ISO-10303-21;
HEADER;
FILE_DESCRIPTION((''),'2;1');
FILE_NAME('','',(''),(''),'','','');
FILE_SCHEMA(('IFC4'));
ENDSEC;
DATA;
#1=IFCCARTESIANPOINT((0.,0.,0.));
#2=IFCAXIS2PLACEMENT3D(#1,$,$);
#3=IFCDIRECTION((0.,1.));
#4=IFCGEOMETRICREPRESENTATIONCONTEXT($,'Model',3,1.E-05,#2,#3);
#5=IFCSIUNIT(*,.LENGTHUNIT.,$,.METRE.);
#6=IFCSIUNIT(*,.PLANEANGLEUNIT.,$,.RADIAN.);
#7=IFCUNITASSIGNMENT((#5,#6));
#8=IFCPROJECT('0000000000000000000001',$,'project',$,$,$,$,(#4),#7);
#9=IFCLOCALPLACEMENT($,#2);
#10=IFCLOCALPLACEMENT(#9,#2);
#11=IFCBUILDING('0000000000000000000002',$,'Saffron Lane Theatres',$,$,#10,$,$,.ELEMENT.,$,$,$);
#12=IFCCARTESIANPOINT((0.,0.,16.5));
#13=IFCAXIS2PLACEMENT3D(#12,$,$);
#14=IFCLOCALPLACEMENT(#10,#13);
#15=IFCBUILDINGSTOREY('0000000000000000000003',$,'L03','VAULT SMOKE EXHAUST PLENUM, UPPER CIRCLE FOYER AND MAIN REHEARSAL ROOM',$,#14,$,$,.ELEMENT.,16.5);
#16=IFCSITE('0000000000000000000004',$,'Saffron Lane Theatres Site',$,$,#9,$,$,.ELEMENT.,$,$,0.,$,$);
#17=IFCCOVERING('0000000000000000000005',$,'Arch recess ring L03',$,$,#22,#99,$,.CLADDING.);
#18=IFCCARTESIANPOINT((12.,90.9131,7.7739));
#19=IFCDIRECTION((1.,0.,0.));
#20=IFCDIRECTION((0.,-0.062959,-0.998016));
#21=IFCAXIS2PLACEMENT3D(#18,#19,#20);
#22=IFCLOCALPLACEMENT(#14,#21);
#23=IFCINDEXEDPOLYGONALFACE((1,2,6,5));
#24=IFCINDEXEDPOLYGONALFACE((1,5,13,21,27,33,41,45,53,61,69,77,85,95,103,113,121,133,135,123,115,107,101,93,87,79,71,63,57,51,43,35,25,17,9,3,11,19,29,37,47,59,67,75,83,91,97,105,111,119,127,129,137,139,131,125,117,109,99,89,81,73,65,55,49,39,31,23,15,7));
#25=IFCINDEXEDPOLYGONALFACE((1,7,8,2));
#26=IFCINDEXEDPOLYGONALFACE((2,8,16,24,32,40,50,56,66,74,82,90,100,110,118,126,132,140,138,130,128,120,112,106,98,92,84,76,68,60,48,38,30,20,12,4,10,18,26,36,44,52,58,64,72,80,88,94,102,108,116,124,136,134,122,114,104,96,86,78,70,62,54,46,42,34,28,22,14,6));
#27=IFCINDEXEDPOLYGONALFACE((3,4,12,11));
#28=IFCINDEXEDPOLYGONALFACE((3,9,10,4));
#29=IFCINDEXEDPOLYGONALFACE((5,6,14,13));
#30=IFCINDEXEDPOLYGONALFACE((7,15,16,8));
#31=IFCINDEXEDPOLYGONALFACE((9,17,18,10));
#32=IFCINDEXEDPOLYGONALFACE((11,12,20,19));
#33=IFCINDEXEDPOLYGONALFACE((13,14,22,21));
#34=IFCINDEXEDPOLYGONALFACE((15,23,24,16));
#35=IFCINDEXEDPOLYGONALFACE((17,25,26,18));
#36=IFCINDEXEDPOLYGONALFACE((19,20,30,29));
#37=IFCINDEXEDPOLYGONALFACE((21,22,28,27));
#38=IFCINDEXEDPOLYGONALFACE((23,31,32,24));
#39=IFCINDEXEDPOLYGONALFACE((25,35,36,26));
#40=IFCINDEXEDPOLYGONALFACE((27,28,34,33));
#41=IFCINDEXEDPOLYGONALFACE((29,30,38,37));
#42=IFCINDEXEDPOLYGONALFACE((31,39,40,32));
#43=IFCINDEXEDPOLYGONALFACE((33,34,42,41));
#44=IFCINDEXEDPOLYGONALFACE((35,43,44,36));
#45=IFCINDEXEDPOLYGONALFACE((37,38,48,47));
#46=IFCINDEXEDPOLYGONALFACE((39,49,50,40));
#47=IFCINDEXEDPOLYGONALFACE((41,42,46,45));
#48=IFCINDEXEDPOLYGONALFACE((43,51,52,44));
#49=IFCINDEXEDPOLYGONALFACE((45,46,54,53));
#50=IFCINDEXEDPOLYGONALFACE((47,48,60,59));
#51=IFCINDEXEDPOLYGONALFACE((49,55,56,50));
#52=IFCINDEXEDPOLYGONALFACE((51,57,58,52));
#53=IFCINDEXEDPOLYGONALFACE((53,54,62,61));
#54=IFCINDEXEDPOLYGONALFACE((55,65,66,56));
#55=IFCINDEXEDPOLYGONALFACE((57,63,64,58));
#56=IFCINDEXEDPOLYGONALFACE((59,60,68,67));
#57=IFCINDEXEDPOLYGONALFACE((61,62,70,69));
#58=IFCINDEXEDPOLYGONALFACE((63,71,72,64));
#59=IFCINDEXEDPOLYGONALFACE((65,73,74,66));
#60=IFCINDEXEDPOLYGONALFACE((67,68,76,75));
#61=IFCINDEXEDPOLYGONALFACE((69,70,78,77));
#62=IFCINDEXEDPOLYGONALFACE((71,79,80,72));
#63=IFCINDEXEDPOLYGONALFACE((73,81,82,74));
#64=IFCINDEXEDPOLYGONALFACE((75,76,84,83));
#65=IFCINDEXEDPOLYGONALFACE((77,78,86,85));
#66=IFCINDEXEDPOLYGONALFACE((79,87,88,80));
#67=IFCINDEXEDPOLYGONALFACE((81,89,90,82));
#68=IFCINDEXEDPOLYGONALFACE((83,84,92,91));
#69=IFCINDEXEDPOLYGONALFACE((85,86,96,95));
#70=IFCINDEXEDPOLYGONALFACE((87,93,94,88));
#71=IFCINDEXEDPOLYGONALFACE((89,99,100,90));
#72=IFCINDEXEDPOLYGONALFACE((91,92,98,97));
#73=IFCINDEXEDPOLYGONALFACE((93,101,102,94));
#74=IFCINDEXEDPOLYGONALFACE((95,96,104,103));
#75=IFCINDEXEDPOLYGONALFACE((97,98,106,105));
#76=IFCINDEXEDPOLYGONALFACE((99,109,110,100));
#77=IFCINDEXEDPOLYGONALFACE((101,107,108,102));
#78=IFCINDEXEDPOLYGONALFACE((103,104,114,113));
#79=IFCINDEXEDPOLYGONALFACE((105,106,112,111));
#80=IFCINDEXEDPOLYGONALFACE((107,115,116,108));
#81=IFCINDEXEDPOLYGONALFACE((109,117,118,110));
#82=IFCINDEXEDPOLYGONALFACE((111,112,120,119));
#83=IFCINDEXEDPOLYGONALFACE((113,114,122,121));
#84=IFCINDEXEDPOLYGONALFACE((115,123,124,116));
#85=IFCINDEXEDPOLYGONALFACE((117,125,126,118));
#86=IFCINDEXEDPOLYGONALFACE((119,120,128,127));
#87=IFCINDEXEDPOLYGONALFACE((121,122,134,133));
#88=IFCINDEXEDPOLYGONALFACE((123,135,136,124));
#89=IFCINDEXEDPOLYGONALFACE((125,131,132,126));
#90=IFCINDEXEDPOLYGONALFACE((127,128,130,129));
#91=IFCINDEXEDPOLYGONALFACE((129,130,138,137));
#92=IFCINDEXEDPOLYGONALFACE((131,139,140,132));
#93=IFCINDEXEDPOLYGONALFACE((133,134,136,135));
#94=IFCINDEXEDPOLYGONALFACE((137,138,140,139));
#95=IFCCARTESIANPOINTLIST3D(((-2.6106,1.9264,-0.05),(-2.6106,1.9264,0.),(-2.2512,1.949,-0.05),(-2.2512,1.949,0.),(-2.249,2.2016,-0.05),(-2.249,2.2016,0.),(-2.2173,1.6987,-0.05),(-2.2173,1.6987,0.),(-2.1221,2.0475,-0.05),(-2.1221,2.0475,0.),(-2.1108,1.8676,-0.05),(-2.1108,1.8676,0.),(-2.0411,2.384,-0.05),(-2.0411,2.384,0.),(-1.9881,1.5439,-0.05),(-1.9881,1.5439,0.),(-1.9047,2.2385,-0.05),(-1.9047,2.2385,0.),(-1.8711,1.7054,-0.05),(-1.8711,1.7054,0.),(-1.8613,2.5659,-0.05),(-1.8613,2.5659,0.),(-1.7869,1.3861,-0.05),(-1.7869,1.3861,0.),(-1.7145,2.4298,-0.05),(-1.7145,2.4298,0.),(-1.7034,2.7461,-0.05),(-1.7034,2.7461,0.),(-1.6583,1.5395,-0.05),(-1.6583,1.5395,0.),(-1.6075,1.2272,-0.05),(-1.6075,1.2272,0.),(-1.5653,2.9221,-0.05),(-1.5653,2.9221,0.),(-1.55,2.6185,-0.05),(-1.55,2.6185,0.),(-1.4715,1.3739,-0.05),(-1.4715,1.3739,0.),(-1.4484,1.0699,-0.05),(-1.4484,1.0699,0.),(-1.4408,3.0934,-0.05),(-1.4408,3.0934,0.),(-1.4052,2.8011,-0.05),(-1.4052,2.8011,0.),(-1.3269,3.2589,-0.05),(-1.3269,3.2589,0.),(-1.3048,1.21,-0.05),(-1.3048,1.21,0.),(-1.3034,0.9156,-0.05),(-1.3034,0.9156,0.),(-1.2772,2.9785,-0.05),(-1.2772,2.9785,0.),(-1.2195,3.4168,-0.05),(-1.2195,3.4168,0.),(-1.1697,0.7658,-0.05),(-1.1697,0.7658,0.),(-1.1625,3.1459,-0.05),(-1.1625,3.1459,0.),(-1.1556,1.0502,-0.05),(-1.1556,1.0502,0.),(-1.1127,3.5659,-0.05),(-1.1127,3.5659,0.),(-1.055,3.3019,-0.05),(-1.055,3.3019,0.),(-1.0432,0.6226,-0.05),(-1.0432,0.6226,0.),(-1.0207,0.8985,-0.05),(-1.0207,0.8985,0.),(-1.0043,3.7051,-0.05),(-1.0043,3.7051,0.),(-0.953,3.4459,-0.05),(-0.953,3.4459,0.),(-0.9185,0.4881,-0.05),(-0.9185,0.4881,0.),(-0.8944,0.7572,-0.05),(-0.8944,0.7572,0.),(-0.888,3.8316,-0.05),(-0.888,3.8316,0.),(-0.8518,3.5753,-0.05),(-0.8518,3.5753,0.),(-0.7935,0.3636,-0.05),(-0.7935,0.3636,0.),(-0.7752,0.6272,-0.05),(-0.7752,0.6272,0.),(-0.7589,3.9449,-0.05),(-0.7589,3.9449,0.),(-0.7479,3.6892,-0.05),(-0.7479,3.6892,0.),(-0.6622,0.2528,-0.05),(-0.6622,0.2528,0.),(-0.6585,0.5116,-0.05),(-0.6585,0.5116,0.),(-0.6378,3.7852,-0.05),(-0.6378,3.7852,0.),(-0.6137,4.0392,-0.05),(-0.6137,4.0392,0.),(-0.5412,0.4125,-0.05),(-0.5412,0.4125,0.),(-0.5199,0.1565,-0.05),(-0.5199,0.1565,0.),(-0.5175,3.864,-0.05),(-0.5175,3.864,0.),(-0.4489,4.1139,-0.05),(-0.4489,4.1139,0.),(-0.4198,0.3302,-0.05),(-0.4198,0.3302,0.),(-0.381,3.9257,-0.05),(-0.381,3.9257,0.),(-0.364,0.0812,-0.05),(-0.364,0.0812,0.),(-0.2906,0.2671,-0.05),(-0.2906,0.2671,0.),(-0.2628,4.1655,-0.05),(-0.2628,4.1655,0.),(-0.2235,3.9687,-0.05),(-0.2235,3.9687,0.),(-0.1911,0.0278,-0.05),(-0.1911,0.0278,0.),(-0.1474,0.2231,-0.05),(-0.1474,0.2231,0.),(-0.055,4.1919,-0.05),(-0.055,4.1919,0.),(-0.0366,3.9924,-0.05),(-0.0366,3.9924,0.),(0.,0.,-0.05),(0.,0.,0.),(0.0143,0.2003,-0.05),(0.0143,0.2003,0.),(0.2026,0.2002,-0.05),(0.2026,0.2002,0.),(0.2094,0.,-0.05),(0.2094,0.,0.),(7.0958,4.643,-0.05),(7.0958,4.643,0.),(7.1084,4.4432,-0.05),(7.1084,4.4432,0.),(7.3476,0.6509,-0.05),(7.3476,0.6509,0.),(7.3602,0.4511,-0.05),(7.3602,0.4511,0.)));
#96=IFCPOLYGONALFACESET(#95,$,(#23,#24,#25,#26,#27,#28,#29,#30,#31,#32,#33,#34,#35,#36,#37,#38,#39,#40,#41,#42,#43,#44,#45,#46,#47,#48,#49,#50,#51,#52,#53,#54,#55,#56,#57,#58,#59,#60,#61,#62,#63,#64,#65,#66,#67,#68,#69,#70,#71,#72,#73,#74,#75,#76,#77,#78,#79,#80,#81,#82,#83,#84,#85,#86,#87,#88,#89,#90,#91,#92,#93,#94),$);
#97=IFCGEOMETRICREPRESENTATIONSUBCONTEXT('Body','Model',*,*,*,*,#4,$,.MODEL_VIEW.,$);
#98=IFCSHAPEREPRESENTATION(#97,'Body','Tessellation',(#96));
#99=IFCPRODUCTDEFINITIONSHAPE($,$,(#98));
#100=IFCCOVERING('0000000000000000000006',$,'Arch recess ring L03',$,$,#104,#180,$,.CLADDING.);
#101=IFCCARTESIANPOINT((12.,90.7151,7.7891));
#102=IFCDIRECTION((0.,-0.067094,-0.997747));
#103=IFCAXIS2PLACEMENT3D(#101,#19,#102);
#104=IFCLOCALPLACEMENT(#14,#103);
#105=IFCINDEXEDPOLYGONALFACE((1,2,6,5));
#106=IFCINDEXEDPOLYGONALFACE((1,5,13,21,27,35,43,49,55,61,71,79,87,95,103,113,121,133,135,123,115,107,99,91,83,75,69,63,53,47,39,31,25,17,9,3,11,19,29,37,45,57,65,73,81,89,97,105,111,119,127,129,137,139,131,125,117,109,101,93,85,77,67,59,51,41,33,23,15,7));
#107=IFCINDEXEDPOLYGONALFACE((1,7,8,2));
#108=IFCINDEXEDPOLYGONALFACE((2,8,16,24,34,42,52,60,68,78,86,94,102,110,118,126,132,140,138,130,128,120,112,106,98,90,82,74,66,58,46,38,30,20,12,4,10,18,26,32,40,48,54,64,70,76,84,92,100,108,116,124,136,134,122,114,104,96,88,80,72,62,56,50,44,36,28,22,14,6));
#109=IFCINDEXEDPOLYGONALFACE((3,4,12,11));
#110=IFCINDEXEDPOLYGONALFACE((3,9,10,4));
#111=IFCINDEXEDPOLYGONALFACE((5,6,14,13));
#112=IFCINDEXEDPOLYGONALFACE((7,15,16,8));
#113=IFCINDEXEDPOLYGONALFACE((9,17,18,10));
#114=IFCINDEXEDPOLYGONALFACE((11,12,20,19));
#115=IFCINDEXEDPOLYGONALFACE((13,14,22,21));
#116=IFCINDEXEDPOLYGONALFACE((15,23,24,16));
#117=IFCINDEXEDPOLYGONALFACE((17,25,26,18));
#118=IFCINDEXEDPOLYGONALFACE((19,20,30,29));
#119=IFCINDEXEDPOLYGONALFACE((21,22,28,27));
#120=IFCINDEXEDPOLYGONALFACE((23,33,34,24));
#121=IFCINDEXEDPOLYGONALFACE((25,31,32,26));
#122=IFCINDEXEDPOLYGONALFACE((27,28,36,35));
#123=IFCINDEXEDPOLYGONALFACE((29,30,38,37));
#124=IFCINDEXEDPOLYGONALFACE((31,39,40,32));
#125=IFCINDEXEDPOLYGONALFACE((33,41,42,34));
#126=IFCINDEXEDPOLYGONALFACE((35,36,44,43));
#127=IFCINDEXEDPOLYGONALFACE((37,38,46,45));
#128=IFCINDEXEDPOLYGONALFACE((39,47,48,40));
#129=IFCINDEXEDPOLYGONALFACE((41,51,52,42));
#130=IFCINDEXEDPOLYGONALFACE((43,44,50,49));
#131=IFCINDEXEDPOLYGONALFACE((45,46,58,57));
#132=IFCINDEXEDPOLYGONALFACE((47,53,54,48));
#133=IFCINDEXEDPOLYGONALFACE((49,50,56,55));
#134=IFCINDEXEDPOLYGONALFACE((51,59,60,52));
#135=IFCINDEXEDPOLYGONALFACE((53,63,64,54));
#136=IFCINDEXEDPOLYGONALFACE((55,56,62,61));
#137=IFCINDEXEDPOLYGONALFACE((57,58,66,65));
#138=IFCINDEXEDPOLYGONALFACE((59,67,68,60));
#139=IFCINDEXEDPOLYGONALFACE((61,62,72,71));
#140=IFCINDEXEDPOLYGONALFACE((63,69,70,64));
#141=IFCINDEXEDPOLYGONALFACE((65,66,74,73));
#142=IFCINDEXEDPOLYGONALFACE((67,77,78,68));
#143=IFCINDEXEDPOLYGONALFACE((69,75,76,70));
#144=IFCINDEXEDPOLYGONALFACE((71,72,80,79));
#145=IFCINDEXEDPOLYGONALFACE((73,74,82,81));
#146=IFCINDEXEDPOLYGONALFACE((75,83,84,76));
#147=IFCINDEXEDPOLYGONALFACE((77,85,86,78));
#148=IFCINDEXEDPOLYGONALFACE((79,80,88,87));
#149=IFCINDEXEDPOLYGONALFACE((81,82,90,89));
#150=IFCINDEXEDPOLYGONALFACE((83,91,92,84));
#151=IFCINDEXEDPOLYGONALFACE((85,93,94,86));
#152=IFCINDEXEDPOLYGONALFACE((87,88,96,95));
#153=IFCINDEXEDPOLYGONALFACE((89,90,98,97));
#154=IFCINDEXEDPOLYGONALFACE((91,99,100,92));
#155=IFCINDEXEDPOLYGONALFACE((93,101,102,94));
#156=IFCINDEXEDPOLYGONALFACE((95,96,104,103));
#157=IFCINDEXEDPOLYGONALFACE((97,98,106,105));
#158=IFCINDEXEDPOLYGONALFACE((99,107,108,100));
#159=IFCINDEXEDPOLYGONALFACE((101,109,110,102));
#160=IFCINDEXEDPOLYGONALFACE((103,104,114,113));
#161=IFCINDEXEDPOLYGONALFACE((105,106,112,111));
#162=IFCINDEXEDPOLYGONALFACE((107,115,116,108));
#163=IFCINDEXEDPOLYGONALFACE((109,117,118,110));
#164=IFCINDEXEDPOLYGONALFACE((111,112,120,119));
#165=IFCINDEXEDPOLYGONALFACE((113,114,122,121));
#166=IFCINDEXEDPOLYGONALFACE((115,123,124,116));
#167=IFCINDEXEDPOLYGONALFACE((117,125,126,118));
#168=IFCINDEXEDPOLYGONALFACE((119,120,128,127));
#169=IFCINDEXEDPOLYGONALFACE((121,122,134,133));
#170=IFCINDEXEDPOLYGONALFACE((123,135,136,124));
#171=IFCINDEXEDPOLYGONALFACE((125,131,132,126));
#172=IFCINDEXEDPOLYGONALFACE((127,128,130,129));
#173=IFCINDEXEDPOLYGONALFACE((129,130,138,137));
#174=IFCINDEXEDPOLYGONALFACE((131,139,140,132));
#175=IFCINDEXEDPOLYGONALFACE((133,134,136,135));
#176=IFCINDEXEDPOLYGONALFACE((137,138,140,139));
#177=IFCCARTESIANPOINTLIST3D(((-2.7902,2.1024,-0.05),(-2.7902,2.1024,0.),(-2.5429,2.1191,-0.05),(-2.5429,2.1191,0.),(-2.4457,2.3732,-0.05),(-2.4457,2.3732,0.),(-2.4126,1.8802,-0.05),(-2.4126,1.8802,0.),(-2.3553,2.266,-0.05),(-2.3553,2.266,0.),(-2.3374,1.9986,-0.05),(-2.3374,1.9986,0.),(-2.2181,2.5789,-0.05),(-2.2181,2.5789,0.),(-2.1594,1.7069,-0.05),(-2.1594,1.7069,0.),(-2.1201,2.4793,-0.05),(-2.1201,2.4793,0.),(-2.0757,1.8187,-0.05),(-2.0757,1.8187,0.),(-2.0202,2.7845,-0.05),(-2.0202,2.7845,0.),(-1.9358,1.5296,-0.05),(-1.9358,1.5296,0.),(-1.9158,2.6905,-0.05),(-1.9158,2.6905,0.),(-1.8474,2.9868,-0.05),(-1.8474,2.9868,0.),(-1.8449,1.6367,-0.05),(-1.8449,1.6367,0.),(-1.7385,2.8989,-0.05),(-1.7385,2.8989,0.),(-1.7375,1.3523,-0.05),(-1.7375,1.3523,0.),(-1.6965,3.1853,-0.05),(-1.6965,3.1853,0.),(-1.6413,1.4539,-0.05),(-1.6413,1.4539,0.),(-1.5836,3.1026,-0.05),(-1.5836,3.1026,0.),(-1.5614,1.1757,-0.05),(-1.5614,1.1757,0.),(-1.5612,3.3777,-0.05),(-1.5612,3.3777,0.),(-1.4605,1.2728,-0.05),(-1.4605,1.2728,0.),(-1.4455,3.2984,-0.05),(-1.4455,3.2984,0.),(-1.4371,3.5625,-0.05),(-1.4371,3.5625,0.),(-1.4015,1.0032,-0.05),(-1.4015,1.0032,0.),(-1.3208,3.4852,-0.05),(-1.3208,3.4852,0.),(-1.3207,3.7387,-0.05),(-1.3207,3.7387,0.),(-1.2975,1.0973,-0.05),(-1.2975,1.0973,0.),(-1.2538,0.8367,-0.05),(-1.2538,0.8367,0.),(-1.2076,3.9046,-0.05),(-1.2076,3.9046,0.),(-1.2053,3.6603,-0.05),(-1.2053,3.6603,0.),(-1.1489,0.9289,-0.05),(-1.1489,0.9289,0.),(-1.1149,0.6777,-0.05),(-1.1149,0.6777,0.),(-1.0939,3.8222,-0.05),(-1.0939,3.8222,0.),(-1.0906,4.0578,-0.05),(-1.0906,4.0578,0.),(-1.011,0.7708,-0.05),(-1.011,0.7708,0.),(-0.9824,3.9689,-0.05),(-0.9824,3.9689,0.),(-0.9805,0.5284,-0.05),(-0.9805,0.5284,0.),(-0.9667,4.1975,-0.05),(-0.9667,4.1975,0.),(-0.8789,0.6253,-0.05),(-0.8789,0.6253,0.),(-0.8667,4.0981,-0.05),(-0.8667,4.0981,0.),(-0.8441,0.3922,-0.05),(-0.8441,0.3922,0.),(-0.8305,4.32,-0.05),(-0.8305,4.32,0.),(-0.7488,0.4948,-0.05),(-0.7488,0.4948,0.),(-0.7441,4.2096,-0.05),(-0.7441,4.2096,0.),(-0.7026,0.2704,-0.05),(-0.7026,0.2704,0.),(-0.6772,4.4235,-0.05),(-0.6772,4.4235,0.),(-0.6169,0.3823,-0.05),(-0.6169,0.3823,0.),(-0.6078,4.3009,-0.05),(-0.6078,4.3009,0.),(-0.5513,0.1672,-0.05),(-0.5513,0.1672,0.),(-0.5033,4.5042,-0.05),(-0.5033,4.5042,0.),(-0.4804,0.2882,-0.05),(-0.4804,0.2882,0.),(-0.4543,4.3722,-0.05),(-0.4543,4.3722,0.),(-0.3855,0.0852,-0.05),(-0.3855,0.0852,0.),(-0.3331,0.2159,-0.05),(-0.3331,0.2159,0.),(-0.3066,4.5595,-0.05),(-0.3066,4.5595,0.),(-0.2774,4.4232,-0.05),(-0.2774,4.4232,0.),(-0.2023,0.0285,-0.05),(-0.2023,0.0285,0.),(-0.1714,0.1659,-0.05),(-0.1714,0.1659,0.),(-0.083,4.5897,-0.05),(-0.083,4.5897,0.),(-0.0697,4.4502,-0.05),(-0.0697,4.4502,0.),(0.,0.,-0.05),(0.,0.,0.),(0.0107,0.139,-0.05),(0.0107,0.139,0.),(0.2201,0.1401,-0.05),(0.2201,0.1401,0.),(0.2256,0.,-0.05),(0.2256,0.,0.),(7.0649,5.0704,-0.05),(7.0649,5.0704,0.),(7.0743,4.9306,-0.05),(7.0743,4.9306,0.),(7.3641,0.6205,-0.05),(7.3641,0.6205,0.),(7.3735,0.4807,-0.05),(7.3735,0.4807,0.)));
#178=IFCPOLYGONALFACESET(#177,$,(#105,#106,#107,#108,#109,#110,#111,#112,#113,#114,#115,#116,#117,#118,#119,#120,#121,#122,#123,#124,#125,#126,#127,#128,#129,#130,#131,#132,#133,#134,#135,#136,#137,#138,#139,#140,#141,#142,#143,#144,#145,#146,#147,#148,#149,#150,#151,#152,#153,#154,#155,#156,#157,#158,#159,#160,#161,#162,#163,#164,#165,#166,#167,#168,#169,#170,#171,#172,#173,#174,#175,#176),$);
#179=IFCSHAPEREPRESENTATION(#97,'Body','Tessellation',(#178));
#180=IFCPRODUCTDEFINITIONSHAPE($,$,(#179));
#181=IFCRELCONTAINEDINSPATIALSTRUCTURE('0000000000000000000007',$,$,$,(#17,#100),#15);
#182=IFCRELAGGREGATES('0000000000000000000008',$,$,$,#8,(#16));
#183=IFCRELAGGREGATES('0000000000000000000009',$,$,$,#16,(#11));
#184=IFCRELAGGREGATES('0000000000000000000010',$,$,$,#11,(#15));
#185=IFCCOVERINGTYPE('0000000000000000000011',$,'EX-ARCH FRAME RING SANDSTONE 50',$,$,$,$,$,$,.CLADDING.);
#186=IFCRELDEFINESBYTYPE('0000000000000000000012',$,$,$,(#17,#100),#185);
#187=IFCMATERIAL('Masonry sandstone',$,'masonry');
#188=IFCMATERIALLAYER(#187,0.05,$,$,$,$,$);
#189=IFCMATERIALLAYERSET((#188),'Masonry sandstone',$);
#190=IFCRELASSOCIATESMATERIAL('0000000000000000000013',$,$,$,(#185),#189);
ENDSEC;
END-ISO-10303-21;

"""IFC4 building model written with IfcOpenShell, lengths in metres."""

from ifc_helpers import new_model, si_unit, direction, frame, origin, place, context, subcontext, project, spatial, polyline, outline, extrude, material, layer, layer_set, type_object, element, save


model = new_model("IFC4")

# Units and contexts
model_context = context("Model", 3, precision=1e-05, world=origin(), true_north=direction((0.0, 1.0)))
body_context = subcontext(model_context, "Body", "Model", "MODEL_VIEW")
ifc_project = project(units=[si_unit("LENGTHUNIT", "METRE"), si_unit("PLANEANGLEUNIT", "RADIAN")], contexts=[model_context])

# Site, building, storey
site_placement = place(None, origin())
site = spatial("IfcSite", under=ifc_project, at=site_placement, Name="Saffron Lane Theatres Site", CompositionType="ELEMENT", RefElevation=0.0)
building_placement = place(site_placement, origin())
building = spatial("IfcBuilding", under=site, at=building_placement, Name="Saffron Lane Theatres", CompositionType="ELEMENT")
storey_placement = place(building_placement, frame((0.0, 0.0, 16.5)))
storey = spatial("IfcBuildingStorey", under=building, at=storey_placement, Name="L03", Description="VAULT SMOKE EXHAUST PLENUM, UPPER CIRCLE FOYER AND MAIN REHEARSAL ROOM", CompositionType="ELEMENT", Elevation=16.5)

# Coverings
ifc_material_1 = material(Name="Masonry sandstone", Category="masonry")
ifc_layer_1 = layer(ifc_material_1, 0.05)
ifc_layer_set_1 = layer_set([ifc_layer_1], Name="Masonry sandstone")
covering_type_1 = type_object("IfcCoveringType", Name="EX-ARCH FRAME RING SANDSTONE 50", PredefinedType="CLADDING", material=ifc_layer_set_1)
covering_1_placement = place(storey_placement, frame((12.0, 90.9131, 7.7739), z_axis=(1.0, 0.0, 0.0), x_axis=(0.0, -0.062959, -0.998016)))
element("IfcCovering", 1, at=covering_1_placement, inside=storey, type_object=covering_type_1, Name="Arch recess ring L03", PredefinedType="CLADDING", context=body_context, shape_type="SweptSolid", body=[
    extrude(outline(polyline([(0.0, 0.0), (0.2094, 0.0), (7.3602, 0.4511), (7.3476, 0.6509), (0.2026, 0.2002), (0.0143, 0.2003), (-0.1474, 0.2231), (-0.2906, 0.2671), (-0.4198, 0.3302), (-0.5412, 0.4125), (-0.6585, 0.5116), (-0.7752, 0.6272), (-0.8944, 0.7572), (-1.0207, 0.8985), (-1.1556, 1.0502), (-1.3048, 1.21), (-1.4715, 1.3739), (-1.6583, 1.5395), (-1.8711, 1.7054), (-2.1108, 1.8676), (-2.2512, 1.949), (-2.1221, 2.0475), (-1.9047, 2.2385), (-1.7145, 2.4298), (-1.55, 2.6185), (-1.4052, 2.8011), (-1.2772, 2.9785), (-1.1625, 3.1459), (-1.055, 3.3019), (-0.953, 3.4459), (-0.8518, 3.5753), (-0.7479, 3.6892), (-0.6378, 3.7852), (-0.5175, 3.864), (-0.381, 3.9257), (-0.2235, 3.9687), (-0.0366, 3.9924), (7.1084, 4.4432), (7.0958, 4.643), (-0.055, 4.1919), (-0.2628, 4.1655), (-0.4489, 4.1139), (-0.6137, 4.0392), (-0.7589, 3.9449), (-0.888, 3.8316), (-1.0043, 3.7051), (-1.1127, 3.5659), (-1.2195, 3.4168), (-1.3269, 3.2589), (-1.4408, 3.0934), (-1.5653, 2.9221), (-1.7034, 2.7461), (-1.8613, 2.5659), (-2.0411, 2.384), (-2.249, 2.2016), (-2.6106, 1.9264), (-2.2173, 1.6987), (-1.9881, 1.5439), (-1.7869, 1.3861), (-1.6075, 1.2272), (-1.4484, 1.0699), (-1.3034, 0.9156), (-1.1697, 0.7658), (-1.0432, 0.6226), (-0.9185, 0.4881), (-0.7935, 0.3636), (-0.6622, 0.2528), (-0.5199, 0.1565), (-0.364, 0.0812), (-0.1911, 0.0278), (0.0, 0.0)])), origin(), (0.0, 0.0, -1.0), 0.05),
])
covering_2_placement = place(storey_placement, frame((12.0, 90.7151, 7.7891), z_axis=(1.0, 0.0, 0.0), x_axis=(0.0, -0.067094, -0.997747)))
element("IfcCovering", 2, at=covering_2_placement, inside=storey, type_object=covering_type_1, Name="Arch recess ring L03", PredefinedType="CLADDING", context=body_context, shape_type="SweptSolid", body=[
    extrude(outline(polyline([(0.0, 0.0), (0.2256, 0.0), (7.3735, 0.4807), (7.3641, 0.6205), (0.2201, 0.1401), (0.0107, 0.139), (-0.1714, 0.1659), (-0.3331, 0.2159), (-0.4804, 0.2882), (-0.6169, 0.3823), (-0.7488, 0.4948), (-0.8789, 0.6253), (-1.011, 0.7708), (-1.1489, 0.9289), (-1.2975, 1.0973), (-1.4605, 1.2728), (-1.6413, 1.4539), (-1.8449, 1.6367), (-2.0757, 1.8187), (-2.3374, 1.9986), (-2.5429, 2.1191), (-2.3553, 2.266), (-2.1201, 2.4793), (-1.9158, 2.6905), (-1.7385, 2.8989), (-1.5836, 3.1026), (-1.4455, 3.2984), (-1.3208, 3.4852), (-1.2053, 3.6603), (-1.0939, 3.8222), (-0.9824, 3.9689), (-0.8667, 4.0981), (-0.7441, 4.2096), (-0.6078, 4.3009), (-0.4543, 4.3722), (-0.2774, 4.4232), (-0.0697, 4.4502), (7.0743, 4.9306), (7.0649, 5.0704), (-0.083, 4.5897), (-0.3066, 4.5595), (-0.5033, 4.5042), (-0.6772, 4.4235), (-0.8305, 4.32), (-0.9667, 4.1975), (-1.0906, 4.0578), (-1.2076, 3.9046), (-1.3207, 3.7387), (-1.4371, 3.5625), (-1.5612, 3.3777), (-1.6965, 3.1853), (-1.8474, 2.9868), (-2.0202, 2.7845), (-2.2181, 2.5789), (-2.4457, 2.3732), (-2.7902, 2.1024), (-2.4126, 1.8802), (-2.1594, 1.7069), (-1.9358, 1.5296), (-1.7375, 1.3523), (-1.5614, 1.1757), (-1.4015, 1.0032), (-1.2538, 0.8367), (-1.1149, 0.6777), (-0.9805, 0.5284), (-0.8441, 0.3922), (-0.7026, 0.2704), (-0.5513, 0.1672), (-0.3855, 0.0852), (-0.2023, 0.0285), (0.0, 0.0)])), origin(), (0.0, 0.0, -1.0), 0.05),
])

save(model, "model.ifc")
